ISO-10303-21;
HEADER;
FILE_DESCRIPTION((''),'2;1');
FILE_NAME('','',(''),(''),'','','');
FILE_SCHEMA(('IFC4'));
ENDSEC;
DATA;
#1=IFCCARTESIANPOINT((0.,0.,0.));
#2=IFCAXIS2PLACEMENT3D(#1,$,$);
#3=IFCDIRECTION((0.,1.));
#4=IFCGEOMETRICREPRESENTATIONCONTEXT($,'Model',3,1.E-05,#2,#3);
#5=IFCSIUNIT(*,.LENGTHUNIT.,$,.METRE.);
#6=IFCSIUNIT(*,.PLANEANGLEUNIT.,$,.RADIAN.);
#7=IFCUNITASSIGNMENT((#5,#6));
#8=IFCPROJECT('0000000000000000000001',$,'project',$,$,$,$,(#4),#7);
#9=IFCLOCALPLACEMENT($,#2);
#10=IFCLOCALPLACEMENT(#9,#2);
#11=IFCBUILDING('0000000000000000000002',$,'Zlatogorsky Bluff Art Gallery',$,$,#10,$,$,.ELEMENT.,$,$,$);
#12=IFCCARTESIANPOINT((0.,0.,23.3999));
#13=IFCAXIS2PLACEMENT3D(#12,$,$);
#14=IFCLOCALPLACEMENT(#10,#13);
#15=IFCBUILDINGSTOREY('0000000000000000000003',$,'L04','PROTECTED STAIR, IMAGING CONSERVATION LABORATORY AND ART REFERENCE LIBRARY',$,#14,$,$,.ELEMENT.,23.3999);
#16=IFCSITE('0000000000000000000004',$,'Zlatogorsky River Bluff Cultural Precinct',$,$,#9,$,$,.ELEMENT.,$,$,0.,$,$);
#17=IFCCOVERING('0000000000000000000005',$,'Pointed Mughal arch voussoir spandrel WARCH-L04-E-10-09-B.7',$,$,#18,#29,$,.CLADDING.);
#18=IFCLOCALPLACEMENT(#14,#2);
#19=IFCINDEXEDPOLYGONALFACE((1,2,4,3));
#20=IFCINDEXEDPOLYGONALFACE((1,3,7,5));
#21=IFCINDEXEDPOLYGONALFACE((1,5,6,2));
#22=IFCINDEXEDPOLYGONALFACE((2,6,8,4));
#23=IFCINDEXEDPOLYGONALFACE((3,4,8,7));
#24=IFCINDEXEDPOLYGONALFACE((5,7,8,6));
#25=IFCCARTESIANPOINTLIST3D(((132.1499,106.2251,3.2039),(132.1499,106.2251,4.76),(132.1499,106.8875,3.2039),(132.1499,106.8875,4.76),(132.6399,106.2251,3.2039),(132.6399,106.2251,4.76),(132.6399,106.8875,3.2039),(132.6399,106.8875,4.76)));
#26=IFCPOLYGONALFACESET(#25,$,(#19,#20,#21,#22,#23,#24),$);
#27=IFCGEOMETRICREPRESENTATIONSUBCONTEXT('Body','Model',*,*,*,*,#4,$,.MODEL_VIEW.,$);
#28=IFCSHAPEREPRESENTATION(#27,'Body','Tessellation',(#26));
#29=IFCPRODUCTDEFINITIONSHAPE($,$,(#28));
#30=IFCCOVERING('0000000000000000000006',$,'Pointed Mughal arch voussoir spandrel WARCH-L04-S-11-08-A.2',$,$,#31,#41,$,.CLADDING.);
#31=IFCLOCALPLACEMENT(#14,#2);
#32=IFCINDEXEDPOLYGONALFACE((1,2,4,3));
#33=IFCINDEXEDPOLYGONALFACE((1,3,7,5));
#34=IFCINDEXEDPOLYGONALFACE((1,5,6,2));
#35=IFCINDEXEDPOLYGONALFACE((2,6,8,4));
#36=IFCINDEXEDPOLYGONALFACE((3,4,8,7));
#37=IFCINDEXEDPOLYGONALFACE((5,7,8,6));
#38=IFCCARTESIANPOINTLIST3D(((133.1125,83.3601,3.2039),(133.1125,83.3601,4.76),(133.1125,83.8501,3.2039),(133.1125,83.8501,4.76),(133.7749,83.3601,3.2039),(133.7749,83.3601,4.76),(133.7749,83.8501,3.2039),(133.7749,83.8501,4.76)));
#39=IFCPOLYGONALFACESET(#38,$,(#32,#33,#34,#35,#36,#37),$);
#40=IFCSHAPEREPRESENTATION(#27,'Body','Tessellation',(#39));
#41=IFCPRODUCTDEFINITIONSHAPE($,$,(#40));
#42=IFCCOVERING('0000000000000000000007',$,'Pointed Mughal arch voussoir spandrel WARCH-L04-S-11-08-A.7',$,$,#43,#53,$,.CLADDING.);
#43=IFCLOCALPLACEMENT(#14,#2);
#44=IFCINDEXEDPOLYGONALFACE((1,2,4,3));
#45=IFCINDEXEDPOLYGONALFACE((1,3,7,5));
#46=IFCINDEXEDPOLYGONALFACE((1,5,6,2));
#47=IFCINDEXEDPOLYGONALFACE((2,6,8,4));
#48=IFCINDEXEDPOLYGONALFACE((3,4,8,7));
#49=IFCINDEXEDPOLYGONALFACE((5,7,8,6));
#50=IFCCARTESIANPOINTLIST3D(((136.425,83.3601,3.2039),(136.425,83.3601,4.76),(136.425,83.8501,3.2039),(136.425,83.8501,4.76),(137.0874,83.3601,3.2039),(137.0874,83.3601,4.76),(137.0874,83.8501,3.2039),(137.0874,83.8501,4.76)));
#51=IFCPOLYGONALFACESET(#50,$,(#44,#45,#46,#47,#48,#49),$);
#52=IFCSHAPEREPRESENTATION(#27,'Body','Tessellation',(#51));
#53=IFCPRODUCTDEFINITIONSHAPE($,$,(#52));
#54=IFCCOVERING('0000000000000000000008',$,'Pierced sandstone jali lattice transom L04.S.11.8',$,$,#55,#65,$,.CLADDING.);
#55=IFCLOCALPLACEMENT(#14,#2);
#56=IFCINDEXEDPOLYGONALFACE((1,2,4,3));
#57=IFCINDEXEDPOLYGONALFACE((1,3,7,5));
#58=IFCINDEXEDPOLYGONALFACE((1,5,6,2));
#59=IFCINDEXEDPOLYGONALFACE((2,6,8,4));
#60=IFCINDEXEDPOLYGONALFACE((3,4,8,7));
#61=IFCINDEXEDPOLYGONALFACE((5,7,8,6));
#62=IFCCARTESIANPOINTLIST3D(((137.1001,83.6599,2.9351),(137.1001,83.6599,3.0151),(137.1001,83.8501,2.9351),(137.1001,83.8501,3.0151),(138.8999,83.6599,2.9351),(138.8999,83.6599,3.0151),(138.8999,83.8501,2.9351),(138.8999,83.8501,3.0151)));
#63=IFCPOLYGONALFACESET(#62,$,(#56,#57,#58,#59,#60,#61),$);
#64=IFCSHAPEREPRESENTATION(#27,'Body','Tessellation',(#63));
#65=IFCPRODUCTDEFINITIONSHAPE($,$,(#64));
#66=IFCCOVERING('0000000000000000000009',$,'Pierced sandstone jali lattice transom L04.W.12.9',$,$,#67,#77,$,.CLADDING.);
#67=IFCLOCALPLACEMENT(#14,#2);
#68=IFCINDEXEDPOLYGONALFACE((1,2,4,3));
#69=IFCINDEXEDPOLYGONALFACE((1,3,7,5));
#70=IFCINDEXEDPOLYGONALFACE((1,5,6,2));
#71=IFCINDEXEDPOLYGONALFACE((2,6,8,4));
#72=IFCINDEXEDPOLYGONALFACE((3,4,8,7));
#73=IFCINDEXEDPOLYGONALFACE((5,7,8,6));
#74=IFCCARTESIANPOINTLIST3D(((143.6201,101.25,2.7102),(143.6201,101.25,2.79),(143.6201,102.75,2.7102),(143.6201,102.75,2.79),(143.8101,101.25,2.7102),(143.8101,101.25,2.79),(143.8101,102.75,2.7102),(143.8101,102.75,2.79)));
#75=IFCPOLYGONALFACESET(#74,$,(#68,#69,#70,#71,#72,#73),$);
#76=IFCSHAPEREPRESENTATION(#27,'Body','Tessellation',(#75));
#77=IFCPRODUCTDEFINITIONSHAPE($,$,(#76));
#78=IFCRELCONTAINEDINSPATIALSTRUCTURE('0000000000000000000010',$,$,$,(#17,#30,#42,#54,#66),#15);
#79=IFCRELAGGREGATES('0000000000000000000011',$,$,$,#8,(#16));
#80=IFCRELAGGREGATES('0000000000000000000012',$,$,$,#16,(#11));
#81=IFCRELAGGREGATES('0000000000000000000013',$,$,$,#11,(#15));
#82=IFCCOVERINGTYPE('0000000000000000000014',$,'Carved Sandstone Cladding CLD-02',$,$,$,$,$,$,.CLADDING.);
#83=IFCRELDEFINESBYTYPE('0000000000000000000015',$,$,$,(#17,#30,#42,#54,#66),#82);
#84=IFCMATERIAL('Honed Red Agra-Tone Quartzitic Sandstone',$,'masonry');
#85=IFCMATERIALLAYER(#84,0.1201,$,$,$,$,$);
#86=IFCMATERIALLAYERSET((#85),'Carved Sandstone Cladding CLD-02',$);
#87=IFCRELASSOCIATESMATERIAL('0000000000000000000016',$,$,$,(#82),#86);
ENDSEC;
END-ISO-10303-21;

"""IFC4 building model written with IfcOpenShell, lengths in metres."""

from ifc_helpers import new_model, si_unit, direction, frame, origin, place, context, subcontext, project, spatial, polyline, outline, extrude, material, layer, layer_set, type_object, element, save


model = new_model("IFC4")

# Units and contexts
model_context = context("Model", 3, precision=1e-05, world=origin(), true_north=direction((0.0, 1.0)))
body_context = subcontext(model_context, "Body", "Model", "MODEL_VIEW")
ifc_project = project(units=[si_unit("LENGTHUNIT", "METRE"), si_unit("PLANEANGLEUNIT", "RADIAN")], contexts=[model_context])

# Site, building, storey
site_placement = place(None, origin())
site = spatial("IfcSite", under=ifc_project, at=site_placement, Name="Zlatogorsky River Bluff Cultural Precinct", CompositionType="ELEMENT", RefElevation=0.0)
building_placement = place(site_placement, origin())
building = spatial("IfcBuilding", under=site, at=building_placement, Name="Zlatogorsky Bluff Art Gallery", CompositionType="ELEMENT")
storey_placement = place(building_placement, frame((0.0, 0.0, 23.3999)))
storey = spatial("IfcBuildingStorey", under=building, at=storey_placement, Name="L04", Description="PROTECTED STAIR, IMAGING CONSERVATION LABORATORY AND ART REFERENCE LIBRARY", CompositionType="ELEMENT", Elevation=23.3999)

# Coverings
ifc_material = material(Name="Honed Red Agra-Tone Quartzitic Sandstone", Category="masonry")
ifc_layer = layer(ifc_material, 0.1201)
ifc_layer_set = layer_set([ifc_layer], Name="Carved Sandstone Cladding CLD-02")
covering_type = type_object("IfcCoveringType", Name="Carved Sandstone Cladding CLD-02", PredefinedType="CLADDING", material=ifc_layer_set)
covering_1_placement = place(storey_placement, frame((0.0, 0.0, 3.2039)))
element("IfcCovering", 1, at=covering_1_placement, inside=storey, type_object=covering_type, Name="Pointed Mughal arch voussoir spandrel WARCH-L04-E-10-09-B.7", PredefinedType="CLADDING", context=body_context, shape_type="SweptSolid", body=[
    extrude(outline(polyline([(132.1499, 106.2251), (132.1499, 106.8875), (132.6399, 106.8875), (132.6399, 106.2251), (132.1499, 106.2251)])), origin(), (0.0, 0.0, 1.0), 1.5562),
])
covering_2_placement = place(storey_placement, frame((0.0, 0.0, 3.2039)))
element("IfcCovering", 2, at=covering_2_placement, inside=storey, type_object=covering_type, Name="Pointed Mughal arch voussoir spandrel WARCH-L04-S-11-08-A.2", PredefinedType="CLADDING", context=body_context, shape_type="SweptSolid", body=[
    extrude(outline(polyline([(133.1125, 83.3601), (133.7749, 83.3601), (133.7749, 83.8501), (133.1125, 83.8501), (133.1125, 83.3601)])), origin(), (0.0, 0.0, 1.0), 1.5562),
])
covering_3_placement = place(storey_placement, frame((0.0, 0.0, 3.2039)))
element("IfcCovering", 3, at=covering_3_placement, inside=storey, type_object=covering_type, Name="Pointed Mughal arch voussoir spandrel WARCH-L04-S-11-08-A.7", PredefinedType="CLADDING", context=body_context, shape_type="SweptSolid", body=[
    extrude(outline(polyline([(136.425, 83.3601), (137.0874, 83.3601), (137.0874, 83.8501), (136.425, 83.8501), (136.425, 83.3601)])), origin(), (0.0, 0.0, 1.0), 1.5562),
])
covering_4_placement = place(storey_placement, frame((0.0, 0.0, 2.9351)))
element("IfcCovering", 4, at=covering_4_placement, inside=storey, type_object=covering_type, Name="Pierced sandstone jali lattice transom L04.S.11.8", PredefinedType="CLADDING", context=body_context, shape_type="SweptSolid", body=[
    extrude(outline(polyline([(137.1001, 83.6599), (138.8999, 83.6599), (138.8999, 83.8501), (137.1001, 83.8501), (137.1001, 83.6599)])), origin(), (0.0, 0.0, 1.0), 0.0801),
])
covering_5_placement = place(storey_placement, frame((0.0, 0.0, 2.7102)))
element("IfcCovering", 5, at=covering_5_placement, inside=storey, type_object=covering_type, Name="Pierced sandstone jali lattice transom L04.W.12.9", PredefinedType="CLADDING", context=body_context, shape_type="SweptSolid", body=[
    extrude(outline(polyline([(143.6201, 101.25), (143.6201, 102.75), (143.8101, 102.75), (143.8101, 101.25), (143.6201, 101.25)])), origin(), (0.0, 0.0, 1.0), 0.0798),
])

save(model, "model.ifc")
